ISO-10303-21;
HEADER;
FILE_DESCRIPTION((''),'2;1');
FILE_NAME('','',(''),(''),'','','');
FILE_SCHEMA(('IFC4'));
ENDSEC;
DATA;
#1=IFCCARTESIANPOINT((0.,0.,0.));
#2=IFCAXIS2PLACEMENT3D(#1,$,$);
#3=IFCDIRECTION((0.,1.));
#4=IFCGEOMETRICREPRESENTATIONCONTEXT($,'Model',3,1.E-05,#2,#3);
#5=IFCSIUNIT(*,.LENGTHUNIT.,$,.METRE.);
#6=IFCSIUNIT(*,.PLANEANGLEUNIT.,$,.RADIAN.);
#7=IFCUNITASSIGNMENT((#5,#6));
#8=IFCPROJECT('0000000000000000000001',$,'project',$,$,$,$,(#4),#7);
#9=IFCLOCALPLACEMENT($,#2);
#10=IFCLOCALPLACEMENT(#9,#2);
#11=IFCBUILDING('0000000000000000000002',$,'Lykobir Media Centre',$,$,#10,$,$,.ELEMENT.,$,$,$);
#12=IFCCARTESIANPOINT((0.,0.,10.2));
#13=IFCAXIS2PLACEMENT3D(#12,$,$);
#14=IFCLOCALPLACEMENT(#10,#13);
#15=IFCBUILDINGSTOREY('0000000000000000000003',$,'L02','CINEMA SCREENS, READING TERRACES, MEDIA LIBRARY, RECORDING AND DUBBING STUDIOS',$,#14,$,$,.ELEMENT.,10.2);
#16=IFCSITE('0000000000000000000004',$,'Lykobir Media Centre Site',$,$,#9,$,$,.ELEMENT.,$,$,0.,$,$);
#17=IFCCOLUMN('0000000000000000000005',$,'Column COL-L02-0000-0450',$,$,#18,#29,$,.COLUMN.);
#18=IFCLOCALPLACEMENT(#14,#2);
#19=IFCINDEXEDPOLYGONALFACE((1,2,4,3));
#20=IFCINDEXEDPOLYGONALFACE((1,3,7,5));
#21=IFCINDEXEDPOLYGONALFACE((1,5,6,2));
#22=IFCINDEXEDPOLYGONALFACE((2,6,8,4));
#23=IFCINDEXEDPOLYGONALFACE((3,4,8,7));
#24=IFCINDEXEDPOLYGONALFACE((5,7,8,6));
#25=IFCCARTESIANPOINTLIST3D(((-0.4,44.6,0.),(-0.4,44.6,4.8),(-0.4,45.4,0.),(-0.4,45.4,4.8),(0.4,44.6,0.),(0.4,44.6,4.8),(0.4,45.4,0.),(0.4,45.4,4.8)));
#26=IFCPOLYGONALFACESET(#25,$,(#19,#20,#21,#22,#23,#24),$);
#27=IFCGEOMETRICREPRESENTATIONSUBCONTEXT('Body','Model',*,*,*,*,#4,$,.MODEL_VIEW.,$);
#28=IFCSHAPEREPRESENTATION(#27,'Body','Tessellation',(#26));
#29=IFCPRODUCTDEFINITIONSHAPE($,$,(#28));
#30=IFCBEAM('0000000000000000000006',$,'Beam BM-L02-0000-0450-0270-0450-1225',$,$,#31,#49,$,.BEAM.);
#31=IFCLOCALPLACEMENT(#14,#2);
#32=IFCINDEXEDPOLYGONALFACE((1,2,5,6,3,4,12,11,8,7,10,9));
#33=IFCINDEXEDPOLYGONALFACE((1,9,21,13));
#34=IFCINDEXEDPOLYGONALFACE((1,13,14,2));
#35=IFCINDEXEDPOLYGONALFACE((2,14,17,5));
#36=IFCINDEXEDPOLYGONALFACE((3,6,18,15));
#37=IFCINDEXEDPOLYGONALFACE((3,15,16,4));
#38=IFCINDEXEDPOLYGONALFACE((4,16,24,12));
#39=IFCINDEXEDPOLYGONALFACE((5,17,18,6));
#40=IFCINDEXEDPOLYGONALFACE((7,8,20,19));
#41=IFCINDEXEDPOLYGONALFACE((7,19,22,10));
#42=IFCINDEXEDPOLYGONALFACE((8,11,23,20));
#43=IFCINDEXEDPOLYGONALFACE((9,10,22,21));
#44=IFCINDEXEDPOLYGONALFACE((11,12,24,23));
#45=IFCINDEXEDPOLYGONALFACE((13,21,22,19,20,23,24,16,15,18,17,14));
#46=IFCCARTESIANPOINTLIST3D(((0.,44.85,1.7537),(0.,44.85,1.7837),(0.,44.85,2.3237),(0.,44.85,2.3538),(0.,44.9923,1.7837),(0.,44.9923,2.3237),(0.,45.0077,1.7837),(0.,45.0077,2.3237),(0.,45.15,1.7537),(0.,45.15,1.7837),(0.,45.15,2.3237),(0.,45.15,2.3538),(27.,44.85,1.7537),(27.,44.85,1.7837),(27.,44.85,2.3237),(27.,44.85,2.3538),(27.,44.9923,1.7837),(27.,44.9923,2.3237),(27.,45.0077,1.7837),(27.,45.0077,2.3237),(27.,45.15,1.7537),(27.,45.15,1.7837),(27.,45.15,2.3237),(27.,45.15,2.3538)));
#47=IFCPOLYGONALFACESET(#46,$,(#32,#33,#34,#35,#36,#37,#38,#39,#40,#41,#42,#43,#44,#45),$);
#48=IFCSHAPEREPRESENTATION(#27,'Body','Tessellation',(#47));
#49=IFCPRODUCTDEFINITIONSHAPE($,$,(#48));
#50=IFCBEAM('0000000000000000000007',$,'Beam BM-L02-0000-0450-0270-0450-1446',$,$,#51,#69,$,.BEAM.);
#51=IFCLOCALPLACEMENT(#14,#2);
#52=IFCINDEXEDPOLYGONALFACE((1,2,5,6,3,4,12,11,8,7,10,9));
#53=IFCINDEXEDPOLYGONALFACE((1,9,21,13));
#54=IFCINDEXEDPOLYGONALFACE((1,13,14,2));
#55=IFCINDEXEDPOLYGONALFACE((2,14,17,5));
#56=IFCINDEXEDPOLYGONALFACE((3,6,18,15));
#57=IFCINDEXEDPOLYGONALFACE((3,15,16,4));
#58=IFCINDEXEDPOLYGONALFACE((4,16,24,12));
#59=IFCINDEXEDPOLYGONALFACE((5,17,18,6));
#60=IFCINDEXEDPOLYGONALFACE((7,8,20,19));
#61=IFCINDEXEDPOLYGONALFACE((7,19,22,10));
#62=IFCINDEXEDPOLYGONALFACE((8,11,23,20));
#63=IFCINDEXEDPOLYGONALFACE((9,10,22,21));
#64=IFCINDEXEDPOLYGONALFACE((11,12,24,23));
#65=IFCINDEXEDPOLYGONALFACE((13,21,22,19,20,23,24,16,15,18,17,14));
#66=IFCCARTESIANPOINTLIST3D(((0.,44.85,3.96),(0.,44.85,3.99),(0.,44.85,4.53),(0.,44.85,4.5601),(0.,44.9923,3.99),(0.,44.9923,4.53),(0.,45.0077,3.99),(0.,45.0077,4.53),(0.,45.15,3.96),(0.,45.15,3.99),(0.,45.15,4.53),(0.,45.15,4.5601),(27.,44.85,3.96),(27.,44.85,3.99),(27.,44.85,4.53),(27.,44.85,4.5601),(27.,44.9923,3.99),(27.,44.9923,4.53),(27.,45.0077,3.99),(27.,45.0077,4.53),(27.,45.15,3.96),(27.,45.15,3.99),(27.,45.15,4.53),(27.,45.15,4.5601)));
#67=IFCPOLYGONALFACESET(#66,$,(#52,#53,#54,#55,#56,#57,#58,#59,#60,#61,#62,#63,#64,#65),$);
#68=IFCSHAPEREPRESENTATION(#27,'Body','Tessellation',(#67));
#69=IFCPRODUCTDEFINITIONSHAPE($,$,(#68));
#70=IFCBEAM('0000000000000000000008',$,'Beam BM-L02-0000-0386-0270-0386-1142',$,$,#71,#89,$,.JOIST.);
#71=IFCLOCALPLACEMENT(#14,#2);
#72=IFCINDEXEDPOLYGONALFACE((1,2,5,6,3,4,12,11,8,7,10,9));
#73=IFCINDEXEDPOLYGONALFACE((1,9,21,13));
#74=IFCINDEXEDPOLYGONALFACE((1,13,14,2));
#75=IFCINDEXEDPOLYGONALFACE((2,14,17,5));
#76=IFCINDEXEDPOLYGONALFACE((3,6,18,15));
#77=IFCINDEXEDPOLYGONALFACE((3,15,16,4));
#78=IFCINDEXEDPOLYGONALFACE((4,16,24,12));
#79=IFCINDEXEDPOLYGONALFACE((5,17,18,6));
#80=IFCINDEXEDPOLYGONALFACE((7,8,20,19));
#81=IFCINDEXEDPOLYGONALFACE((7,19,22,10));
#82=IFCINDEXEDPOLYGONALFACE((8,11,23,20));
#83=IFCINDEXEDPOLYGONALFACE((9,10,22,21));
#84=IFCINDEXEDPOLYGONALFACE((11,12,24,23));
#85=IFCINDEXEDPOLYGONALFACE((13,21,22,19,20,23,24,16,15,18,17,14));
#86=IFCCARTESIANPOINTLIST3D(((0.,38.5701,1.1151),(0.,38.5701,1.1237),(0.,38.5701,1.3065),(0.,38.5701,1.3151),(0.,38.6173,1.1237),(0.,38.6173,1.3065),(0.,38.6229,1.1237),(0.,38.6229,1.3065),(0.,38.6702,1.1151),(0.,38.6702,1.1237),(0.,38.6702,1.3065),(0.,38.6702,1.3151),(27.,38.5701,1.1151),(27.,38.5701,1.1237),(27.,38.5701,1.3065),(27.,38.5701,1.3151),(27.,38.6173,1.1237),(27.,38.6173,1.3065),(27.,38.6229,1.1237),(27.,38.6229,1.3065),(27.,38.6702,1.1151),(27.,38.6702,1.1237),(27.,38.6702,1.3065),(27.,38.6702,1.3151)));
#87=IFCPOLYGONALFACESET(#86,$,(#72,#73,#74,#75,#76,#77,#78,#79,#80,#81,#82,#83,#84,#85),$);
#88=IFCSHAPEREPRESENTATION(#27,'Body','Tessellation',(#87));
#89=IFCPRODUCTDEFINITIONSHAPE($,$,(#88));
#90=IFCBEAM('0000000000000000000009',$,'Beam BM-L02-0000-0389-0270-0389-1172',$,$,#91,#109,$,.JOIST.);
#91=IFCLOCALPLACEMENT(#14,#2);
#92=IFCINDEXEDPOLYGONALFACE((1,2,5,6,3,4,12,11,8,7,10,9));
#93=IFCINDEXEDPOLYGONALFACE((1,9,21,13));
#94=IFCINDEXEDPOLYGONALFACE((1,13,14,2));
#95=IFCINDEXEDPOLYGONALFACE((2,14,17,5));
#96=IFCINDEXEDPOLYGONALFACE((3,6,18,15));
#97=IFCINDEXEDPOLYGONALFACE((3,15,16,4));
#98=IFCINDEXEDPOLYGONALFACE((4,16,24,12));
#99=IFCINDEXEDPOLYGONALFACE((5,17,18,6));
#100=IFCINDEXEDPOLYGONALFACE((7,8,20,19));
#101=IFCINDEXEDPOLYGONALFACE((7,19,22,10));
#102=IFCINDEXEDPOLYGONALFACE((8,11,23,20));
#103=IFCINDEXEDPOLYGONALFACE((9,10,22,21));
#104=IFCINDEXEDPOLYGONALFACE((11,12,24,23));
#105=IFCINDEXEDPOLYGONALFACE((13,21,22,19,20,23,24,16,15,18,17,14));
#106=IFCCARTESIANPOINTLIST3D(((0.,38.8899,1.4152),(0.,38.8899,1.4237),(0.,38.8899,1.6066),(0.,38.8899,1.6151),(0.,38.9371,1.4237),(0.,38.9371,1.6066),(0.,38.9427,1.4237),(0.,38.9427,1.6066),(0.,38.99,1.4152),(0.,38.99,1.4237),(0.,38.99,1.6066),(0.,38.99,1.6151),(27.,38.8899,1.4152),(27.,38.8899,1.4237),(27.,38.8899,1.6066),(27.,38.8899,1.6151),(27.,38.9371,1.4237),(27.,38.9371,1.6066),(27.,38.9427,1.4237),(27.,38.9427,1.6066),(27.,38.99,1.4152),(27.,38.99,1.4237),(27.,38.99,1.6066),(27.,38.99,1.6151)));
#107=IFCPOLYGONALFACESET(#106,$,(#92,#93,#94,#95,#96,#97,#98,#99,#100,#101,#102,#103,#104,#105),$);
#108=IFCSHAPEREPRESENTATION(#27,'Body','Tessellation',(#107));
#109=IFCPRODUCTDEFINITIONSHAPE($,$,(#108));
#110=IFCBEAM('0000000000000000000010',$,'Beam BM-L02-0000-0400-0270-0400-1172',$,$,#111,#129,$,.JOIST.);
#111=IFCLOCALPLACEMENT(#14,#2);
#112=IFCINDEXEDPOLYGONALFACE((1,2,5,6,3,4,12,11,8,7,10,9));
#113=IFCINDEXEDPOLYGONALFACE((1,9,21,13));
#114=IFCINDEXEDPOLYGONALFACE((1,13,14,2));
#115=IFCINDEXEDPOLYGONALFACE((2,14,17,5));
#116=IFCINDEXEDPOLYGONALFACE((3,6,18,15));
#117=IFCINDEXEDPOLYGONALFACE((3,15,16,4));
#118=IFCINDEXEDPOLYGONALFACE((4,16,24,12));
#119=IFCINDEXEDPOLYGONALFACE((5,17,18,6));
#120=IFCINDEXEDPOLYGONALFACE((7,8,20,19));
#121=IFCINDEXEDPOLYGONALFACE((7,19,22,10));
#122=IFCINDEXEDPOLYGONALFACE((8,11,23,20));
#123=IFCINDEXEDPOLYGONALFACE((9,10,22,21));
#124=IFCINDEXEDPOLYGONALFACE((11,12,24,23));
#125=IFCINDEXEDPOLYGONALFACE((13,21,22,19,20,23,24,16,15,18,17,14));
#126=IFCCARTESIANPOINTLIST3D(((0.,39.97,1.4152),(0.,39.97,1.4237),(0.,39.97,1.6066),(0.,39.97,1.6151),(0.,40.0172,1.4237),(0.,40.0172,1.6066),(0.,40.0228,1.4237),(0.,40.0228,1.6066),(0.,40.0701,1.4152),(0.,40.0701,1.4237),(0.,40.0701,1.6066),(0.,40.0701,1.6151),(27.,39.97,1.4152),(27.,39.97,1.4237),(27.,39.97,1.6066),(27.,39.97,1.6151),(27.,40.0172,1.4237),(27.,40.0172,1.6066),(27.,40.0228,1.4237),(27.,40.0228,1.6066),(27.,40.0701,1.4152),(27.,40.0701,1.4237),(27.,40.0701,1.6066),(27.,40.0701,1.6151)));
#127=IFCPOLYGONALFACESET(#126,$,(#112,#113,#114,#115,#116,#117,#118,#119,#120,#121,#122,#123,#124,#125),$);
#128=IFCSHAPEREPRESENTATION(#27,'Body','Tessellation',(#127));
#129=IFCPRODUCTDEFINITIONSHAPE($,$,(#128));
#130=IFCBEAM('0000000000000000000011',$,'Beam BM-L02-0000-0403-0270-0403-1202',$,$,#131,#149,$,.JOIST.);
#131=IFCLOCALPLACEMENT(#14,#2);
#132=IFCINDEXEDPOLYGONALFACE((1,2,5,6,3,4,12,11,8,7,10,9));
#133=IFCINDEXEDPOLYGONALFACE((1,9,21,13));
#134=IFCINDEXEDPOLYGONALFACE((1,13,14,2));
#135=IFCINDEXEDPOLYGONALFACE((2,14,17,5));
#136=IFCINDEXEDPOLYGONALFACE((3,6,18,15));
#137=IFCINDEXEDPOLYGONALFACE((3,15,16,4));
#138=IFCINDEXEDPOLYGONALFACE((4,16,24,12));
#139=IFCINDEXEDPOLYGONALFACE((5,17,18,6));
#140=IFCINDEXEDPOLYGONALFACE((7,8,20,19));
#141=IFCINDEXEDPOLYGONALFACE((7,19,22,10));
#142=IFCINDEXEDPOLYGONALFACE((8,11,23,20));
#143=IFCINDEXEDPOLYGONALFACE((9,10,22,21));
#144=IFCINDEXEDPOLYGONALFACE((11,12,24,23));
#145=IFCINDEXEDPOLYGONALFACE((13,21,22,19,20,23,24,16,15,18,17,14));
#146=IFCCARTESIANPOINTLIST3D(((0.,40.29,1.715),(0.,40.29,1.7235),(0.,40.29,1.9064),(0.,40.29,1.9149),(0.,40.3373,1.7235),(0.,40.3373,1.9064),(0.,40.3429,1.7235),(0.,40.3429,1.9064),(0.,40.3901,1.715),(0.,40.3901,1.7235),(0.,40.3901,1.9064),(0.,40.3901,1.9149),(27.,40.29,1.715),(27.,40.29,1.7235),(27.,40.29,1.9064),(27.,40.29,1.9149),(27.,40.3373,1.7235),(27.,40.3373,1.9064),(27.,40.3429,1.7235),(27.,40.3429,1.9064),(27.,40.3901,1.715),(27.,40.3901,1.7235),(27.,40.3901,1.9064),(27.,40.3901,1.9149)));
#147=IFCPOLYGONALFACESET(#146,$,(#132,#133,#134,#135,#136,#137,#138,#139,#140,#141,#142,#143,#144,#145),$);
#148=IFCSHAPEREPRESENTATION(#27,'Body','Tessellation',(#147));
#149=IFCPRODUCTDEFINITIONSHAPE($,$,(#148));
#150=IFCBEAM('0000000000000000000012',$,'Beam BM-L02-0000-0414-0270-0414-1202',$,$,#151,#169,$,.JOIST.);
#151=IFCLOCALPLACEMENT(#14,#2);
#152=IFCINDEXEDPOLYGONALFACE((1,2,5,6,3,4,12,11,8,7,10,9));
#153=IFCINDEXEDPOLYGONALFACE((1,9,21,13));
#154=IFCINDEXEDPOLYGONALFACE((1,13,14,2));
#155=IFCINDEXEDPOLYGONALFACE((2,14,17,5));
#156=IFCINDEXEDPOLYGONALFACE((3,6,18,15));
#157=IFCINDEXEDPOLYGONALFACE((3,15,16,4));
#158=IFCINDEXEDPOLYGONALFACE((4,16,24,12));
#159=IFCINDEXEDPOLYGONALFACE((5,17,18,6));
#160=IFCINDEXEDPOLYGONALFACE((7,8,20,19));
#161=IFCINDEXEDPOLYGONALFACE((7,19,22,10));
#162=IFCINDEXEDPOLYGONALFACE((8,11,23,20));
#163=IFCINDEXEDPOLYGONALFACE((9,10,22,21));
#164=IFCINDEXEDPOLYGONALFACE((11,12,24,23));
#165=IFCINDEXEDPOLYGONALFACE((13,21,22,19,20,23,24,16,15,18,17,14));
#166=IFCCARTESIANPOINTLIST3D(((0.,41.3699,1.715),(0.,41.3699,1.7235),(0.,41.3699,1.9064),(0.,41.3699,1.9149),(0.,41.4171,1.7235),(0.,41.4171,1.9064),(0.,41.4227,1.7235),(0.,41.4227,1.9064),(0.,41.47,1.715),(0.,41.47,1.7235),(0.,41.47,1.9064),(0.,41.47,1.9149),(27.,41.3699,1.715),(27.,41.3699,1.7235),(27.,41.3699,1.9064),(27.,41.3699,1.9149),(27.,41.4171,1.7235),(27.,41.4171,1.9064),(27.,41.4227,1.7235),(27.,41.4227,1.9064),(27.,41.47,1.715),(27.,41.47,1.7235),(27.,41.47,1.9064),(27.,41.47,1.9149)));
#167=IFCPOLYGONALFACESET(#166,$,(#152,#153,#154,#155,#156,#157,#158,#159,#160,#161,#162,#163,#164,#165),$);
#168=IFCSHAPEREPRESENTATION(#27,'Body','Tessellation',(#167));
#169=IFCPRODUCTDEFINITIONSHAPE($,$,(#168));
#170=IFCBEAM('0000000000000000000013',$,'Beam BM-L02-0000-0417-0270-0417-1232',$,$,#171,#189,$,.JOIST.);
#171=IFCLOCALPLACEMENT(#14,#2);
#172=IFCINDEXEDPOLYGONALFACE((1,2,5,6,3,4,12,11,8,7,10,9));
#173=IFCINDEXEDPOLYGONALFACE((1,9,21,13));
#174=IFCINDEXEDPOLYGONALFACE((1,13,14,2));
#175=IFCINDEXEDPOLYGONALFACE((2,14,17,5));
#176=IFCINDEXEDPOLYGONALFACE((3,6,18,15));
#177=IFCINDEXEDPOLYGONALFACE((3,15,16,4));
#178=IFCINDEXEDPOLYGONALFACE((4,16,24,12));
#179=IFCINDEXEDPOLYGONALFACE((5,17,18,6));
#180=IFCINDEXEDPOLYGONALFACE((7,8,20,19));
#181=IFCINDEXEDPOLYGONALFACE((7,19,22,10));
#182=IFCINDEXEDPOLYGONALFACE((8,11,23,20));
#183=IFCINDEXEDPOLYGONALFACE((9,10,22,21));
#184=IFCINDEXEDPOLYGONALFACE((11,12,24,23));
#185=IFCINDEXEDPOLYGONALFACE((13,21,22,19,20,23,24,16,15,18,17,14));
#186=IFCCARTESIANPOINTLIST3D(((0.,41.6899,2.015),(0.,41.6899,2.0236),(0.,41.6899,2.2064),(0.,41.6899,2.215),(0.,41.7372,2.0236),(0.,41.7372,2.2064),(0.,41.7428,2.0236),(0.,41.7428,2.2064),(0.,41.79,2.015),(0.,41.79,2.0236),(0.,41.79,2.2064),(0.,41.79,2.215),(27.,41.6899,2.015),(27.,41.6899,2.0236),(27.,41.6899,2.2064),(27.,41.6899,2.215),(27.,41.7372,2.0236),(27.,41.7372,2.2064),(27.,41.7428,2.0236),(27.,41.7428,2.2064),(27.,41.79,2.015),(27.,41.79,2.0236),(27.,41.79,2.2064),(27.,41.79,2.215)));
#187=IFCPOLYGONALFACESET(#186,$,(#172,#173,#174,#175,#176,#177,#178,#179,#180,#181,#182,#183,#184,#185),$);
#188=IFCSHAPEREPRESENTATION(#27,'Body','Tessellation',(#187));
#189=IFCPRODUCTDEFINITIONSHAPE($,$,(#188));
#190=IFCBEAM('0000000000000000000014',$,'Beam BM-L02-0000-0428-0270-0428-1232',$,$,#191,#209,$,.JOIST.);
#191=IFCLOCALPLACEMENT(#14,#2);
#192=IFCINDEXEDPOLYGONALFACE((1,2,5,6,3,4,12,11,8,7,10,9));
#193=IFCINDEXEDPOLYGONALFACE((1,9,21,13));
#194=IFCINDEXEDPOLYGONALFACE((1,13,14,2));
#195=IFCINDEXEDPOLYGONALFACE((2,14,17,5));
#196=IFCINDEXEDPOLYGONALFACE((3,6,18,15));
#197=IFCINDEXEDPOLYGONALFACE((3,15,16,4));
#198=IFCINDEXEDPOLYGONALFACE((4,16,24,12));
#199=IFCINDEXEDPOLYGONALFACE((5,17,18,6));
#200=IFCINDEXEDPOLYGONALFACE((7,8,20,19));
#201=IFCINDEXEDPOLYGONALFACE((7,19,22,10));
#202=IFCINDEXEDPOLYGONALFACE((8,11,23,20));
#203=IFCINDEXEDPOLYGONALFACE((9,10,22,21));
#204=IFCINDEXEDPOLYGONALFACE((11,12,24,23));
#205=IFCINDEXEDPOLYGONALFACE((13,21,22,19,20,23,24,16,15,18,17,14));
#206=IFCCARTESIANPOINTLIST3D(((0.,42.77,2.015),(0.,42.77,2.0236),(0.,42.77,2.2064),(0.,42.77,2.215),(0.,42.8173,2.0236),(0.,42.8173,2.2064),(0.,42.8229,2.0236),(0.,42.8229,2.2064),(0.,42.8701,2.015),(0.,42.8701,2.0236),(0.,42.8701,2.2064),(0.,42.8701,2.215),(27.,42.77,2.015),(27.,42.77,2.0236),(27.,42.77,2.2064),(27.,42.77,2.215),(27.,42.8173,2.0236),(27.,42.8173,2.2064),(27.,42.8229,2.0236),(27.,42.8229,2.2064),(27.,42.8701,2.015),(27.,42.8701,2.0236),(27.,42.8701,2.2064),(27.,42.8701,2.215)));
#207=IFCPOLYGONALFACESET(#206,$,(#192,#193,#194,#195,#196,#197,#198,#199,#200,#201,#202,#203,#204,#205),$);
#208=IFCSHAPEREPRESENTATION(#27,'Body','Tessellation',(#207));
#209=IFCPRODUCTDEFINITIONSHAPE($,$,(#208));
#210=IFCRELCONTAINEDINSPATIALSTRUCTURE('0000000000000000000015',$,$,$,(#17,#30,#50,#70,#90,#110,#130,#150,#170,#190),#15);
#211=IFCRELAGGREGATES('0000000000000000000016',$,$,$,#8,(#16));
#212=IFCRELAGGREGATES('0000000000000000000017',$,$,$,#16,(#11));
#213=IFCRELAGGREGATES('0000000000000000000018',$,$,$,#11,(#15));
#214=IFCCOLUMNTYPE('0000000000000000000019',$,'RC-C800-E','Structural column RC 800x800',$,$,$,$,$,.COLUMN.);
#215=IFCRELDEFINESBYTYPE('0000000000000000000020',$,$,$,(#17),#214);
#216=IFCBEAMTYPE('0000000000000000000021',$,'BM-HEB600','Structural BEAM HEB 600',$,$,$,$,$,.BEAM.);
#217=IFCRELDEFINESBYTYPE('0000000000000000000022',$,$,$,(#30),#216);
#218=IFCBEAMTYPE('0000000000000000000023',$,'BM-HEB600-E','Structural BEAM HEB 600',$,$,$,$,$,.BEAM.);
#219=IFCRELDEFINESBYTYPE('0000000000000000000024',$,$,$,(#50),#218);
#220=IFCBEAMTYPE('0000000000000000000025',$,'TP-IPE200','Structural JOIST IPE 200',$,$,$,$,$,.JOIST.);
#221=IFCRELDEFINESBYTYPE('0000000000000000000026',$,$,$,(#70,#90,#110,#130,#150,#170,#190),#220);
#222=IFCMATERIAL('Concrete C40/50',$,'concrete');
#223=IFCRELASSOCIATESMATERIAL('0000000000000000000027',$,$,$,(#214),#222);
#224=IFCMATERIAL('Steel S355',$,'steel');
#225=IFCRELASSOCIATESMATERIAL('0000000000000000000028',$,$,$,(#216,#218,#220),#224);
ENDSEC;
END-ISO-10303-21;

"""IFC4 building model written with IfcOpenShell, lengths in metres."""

from ifc_helpers import new_model, si_unit, direction, frame, origin, origin_2d, place, context, subcontext, project, spatial, rectangle, i_section, extrude, material, material_profile, profile_set, type_object, element, save


model = new_model("IFC4")

# Units and contexts
model_context = context("Model", 3, precision=1e-05, world=origin(), true_north=direction((0.0, 1.0)))
body_context = subcontext(model_context, "Body", "Model", "MODEL_VIEW")
ifc_project = project(units=[si_unit("LENGTHUNIT", "METRE"), si_unit("PLANEANGLEUNIT", "RADIAN")], contexts=[model_context])

# Site, building, storey
site_placement = place(None, origin())
site = spatial("IfcSite", under=ifc_project, at=site_placement, Name="Lykobir Media Centre Site", CompositionType="ELEMENT", RefElevation=0.0)
building_placement = place(site_placement, origin())
building = spatial("IfcBuilding", under=site, at=building_placement, Name="Lykobir Media Centre", CompositionType="ELEMENT")
storey_placement = place(building_placement, frame((0.0, 0.0, 10.2)))
storey = spatial("IfcBuildingStorey", under=building, at=storey_placement, Name="L02", Description="CINEMA SCREENS, READING TERRACES, MEDIA LIBRARY, RECORDING AND DUBBING STUDIOS", CompositionType="ELEMENT", Elevation=10.2)

# Column
ifc_material_1 = material(Name="Concrete C40/50", Category="concrete")
ifc_material_profile_1 = material_profile(ifc_material_1, rectangle(XDim=0.8, YDim=0.8, at=origin_2d()), Name="RC 800x800")
ifc_profile_set_1 = profile_set([ifc_material_profile_1], Name="Concrete C40/50")
column_type = type_object("IfcColumnType", Name="RC-C800-E", Description="Structural column RC 800x800", PredefinedType="COLUMN", material=ifc_profile_set_1)
column_placement = place(storey_placement, frame((0.0, 45.0, 0.0), z_axis=(0.0, 0.0, 1.0), x_axis=(1.0, 0.0, 0.0)))
element("IfcColumn", 1, at=column_placement, inside=storey, type_object=column_type, Name="Column COL-L02-0000-0450", PredefinedType="COLUMN", context=body_context, shape_type="SweptSolid", body=[
    extrude(rectangle(XDim=0.8, YDim=0.8, at=origin_2d()), origin(), (0.0, 0.0, 1.0), 4.8),
])

# Beams
ifc_material_2 = material(Name="Steel S355", Category="steel")
ifc_material_profile_2 = material_profile(ifc_material_2, i_section(OverallWidth=0.3, OverallDepth=0.6001, WebThickness=0.0154, FlangeThickness=0.03, at=origin_2d()), Name="HEB 600")
ifc_profile_set_2 = profile_set([ifc_material_profile_2], Name="Steel S355")
beam_type_1 = type_object("IfcBeamType", Name="BM-HEB600", Description="Structural BEAM HEB 600", PredefinedType="BEAM", material=ifc_profile_set_2)
beam_1_placement = place(storey_placement, frame((0.0, 45.0, 2.0537), z_axis=(1.0, 0.0, 0.0), x_axis=(0.0, 1.0, 0.0)))
element("IfcBeam", 2, at=beam_1_placement, inside=storey, type_object=beam_type_1, Name="Beam BM-L02-0000-0450-0270-0450-1225", PredefinedType="BEAM", context=body_context, shape_type="SweptSolid", body=[
    extrude(i_section(OverallWidth=0.3, OverallDepth=0.6001, WebThickness=0.0154, FlangeThickness=0.03, at=origin_2d()), origin(), (0.0, 0.0, 1.0), 27.0),
])
ifc_material_profile_3 = material_profile(ifc_material_2, i_section(OverallWidth=0.3, OverallDepth=0.6001, WebThickness=0.0154, FlangeThickness=0.03, at=origin_2d()), Name="HEB 600")
ifc_profile_set_3 = profile_set([ifc_material_profile_3], Name="Steel S355")
beam_type_2 = type_object("IfcBeamType", Name="BM-HEB600-E", Description="Structural BEAM HEB 600", PredefinedType="BEAM", material=ifc_profile_set_3)
beam_2_placement = place(storey_placement, frame((0.0, 45.0, 4.26), z_axis=(1.0, 0.0, 0.0), x_axis=(0.0, 1.0, 0.0)))
element("IfcBeam", 3, at=beam_2_placement, inside=storey, type_object=beam_type_2, Name="Beam BM-L02-0000-0450-0270-0450-1446", PredefinedType="BEAM", context=body_context, shape_type="SweptSolid", body=[
    extrude(i_section(OverallWidth=0.3, OverallDepth=0.6001, WebThickness=0.0154, FlangeThickness=0.03, at=origin_2d()), origin(), (0.0, 0.0, 1.0), 27.0),
])
ifc_material_profile_4 = material_profile(ifc_material_2, i_section(OverallWidth=0.1001, OverallDepth=0.2, WebThickness=0.0056, FlangeThickness=0.0085, at=origin_2d()), Name="IPE 200")
ifc_profile_set_4 = profile_set([ifc_material_profile_4], Name="Steel S355")
beam_type_3 = type_object("IfcBeamType", Name="TP-IPE200", Description="Structural JOIST IPE 200", PredefinedType="JOIST", material=ifc_profile_set_4)
for number, where, z_axis, x_axis, name in (
    (4, (0.0, 38.6201, 1.2151), (1.0, 0.0, 0.0), (0.0, 1.0, 0.0), "Beam BM-L02-0000-0386-0270-0386-1142"),
    (5, (0.0, 38.9399, 1.5151), (1.0, 0.0, 0.0), (0.0, 1.0, 0.0), "Beam BM-L02-0000-0389-0270-0389-1172"),
    (6, (0.0, 40.02, 1.5151), (1.0, 0.0, 0.0), (0.0, 1.0, 0.0), "Beam BM-L02-0000-0400-0270-0400-1172"),
    (7, (0.0, 40.3401, 1.8149), (1.0, 0.0, 0.0), (0.0, 1.0, 0.0), "Beam BM-L02-0000-0403-0270-0403-1202"),
    (8, (0.0, 41.4199, 1.8149), (1.0, 0.0, 0.0), (0.0, 1.0, 0.0), "Beam BM-L02-0000-0414-0270-0414-1202"),
    (9, (0.0, 41.74, 2.115), (1.0, 0.0, 0.0), (0.0, 1.0, 0.0), "Beam BM-L02-0000-0417-0270-0417-1232"),
    (10, (0.0, 42.8201, 2.115), (1.0, 0.0, 0.0), (0.0, 1.0, 0.0), "Beam BM-L02-0000-0428-0270-0428-1232"),
):
    element("IfcBeam", number, at=place(storey_placement, frame(where, z_axis=z_axis, x_axis=x_axis)), inside=storey, type_object=beam_type_3, Name=name, PredefinedType="JOIST", context=body_context, shape_type="SweptSolid", body=[
        extrude(i_section(OverallWidth=0.1001, OverallDepth=0.2, WebThickness=0.0056, FlangeThickness=0.0085, at=origin_2d()), origin(), (0.0, 0.0, 1.0), 27.0),
    ])

save(model, "model.ifc")
